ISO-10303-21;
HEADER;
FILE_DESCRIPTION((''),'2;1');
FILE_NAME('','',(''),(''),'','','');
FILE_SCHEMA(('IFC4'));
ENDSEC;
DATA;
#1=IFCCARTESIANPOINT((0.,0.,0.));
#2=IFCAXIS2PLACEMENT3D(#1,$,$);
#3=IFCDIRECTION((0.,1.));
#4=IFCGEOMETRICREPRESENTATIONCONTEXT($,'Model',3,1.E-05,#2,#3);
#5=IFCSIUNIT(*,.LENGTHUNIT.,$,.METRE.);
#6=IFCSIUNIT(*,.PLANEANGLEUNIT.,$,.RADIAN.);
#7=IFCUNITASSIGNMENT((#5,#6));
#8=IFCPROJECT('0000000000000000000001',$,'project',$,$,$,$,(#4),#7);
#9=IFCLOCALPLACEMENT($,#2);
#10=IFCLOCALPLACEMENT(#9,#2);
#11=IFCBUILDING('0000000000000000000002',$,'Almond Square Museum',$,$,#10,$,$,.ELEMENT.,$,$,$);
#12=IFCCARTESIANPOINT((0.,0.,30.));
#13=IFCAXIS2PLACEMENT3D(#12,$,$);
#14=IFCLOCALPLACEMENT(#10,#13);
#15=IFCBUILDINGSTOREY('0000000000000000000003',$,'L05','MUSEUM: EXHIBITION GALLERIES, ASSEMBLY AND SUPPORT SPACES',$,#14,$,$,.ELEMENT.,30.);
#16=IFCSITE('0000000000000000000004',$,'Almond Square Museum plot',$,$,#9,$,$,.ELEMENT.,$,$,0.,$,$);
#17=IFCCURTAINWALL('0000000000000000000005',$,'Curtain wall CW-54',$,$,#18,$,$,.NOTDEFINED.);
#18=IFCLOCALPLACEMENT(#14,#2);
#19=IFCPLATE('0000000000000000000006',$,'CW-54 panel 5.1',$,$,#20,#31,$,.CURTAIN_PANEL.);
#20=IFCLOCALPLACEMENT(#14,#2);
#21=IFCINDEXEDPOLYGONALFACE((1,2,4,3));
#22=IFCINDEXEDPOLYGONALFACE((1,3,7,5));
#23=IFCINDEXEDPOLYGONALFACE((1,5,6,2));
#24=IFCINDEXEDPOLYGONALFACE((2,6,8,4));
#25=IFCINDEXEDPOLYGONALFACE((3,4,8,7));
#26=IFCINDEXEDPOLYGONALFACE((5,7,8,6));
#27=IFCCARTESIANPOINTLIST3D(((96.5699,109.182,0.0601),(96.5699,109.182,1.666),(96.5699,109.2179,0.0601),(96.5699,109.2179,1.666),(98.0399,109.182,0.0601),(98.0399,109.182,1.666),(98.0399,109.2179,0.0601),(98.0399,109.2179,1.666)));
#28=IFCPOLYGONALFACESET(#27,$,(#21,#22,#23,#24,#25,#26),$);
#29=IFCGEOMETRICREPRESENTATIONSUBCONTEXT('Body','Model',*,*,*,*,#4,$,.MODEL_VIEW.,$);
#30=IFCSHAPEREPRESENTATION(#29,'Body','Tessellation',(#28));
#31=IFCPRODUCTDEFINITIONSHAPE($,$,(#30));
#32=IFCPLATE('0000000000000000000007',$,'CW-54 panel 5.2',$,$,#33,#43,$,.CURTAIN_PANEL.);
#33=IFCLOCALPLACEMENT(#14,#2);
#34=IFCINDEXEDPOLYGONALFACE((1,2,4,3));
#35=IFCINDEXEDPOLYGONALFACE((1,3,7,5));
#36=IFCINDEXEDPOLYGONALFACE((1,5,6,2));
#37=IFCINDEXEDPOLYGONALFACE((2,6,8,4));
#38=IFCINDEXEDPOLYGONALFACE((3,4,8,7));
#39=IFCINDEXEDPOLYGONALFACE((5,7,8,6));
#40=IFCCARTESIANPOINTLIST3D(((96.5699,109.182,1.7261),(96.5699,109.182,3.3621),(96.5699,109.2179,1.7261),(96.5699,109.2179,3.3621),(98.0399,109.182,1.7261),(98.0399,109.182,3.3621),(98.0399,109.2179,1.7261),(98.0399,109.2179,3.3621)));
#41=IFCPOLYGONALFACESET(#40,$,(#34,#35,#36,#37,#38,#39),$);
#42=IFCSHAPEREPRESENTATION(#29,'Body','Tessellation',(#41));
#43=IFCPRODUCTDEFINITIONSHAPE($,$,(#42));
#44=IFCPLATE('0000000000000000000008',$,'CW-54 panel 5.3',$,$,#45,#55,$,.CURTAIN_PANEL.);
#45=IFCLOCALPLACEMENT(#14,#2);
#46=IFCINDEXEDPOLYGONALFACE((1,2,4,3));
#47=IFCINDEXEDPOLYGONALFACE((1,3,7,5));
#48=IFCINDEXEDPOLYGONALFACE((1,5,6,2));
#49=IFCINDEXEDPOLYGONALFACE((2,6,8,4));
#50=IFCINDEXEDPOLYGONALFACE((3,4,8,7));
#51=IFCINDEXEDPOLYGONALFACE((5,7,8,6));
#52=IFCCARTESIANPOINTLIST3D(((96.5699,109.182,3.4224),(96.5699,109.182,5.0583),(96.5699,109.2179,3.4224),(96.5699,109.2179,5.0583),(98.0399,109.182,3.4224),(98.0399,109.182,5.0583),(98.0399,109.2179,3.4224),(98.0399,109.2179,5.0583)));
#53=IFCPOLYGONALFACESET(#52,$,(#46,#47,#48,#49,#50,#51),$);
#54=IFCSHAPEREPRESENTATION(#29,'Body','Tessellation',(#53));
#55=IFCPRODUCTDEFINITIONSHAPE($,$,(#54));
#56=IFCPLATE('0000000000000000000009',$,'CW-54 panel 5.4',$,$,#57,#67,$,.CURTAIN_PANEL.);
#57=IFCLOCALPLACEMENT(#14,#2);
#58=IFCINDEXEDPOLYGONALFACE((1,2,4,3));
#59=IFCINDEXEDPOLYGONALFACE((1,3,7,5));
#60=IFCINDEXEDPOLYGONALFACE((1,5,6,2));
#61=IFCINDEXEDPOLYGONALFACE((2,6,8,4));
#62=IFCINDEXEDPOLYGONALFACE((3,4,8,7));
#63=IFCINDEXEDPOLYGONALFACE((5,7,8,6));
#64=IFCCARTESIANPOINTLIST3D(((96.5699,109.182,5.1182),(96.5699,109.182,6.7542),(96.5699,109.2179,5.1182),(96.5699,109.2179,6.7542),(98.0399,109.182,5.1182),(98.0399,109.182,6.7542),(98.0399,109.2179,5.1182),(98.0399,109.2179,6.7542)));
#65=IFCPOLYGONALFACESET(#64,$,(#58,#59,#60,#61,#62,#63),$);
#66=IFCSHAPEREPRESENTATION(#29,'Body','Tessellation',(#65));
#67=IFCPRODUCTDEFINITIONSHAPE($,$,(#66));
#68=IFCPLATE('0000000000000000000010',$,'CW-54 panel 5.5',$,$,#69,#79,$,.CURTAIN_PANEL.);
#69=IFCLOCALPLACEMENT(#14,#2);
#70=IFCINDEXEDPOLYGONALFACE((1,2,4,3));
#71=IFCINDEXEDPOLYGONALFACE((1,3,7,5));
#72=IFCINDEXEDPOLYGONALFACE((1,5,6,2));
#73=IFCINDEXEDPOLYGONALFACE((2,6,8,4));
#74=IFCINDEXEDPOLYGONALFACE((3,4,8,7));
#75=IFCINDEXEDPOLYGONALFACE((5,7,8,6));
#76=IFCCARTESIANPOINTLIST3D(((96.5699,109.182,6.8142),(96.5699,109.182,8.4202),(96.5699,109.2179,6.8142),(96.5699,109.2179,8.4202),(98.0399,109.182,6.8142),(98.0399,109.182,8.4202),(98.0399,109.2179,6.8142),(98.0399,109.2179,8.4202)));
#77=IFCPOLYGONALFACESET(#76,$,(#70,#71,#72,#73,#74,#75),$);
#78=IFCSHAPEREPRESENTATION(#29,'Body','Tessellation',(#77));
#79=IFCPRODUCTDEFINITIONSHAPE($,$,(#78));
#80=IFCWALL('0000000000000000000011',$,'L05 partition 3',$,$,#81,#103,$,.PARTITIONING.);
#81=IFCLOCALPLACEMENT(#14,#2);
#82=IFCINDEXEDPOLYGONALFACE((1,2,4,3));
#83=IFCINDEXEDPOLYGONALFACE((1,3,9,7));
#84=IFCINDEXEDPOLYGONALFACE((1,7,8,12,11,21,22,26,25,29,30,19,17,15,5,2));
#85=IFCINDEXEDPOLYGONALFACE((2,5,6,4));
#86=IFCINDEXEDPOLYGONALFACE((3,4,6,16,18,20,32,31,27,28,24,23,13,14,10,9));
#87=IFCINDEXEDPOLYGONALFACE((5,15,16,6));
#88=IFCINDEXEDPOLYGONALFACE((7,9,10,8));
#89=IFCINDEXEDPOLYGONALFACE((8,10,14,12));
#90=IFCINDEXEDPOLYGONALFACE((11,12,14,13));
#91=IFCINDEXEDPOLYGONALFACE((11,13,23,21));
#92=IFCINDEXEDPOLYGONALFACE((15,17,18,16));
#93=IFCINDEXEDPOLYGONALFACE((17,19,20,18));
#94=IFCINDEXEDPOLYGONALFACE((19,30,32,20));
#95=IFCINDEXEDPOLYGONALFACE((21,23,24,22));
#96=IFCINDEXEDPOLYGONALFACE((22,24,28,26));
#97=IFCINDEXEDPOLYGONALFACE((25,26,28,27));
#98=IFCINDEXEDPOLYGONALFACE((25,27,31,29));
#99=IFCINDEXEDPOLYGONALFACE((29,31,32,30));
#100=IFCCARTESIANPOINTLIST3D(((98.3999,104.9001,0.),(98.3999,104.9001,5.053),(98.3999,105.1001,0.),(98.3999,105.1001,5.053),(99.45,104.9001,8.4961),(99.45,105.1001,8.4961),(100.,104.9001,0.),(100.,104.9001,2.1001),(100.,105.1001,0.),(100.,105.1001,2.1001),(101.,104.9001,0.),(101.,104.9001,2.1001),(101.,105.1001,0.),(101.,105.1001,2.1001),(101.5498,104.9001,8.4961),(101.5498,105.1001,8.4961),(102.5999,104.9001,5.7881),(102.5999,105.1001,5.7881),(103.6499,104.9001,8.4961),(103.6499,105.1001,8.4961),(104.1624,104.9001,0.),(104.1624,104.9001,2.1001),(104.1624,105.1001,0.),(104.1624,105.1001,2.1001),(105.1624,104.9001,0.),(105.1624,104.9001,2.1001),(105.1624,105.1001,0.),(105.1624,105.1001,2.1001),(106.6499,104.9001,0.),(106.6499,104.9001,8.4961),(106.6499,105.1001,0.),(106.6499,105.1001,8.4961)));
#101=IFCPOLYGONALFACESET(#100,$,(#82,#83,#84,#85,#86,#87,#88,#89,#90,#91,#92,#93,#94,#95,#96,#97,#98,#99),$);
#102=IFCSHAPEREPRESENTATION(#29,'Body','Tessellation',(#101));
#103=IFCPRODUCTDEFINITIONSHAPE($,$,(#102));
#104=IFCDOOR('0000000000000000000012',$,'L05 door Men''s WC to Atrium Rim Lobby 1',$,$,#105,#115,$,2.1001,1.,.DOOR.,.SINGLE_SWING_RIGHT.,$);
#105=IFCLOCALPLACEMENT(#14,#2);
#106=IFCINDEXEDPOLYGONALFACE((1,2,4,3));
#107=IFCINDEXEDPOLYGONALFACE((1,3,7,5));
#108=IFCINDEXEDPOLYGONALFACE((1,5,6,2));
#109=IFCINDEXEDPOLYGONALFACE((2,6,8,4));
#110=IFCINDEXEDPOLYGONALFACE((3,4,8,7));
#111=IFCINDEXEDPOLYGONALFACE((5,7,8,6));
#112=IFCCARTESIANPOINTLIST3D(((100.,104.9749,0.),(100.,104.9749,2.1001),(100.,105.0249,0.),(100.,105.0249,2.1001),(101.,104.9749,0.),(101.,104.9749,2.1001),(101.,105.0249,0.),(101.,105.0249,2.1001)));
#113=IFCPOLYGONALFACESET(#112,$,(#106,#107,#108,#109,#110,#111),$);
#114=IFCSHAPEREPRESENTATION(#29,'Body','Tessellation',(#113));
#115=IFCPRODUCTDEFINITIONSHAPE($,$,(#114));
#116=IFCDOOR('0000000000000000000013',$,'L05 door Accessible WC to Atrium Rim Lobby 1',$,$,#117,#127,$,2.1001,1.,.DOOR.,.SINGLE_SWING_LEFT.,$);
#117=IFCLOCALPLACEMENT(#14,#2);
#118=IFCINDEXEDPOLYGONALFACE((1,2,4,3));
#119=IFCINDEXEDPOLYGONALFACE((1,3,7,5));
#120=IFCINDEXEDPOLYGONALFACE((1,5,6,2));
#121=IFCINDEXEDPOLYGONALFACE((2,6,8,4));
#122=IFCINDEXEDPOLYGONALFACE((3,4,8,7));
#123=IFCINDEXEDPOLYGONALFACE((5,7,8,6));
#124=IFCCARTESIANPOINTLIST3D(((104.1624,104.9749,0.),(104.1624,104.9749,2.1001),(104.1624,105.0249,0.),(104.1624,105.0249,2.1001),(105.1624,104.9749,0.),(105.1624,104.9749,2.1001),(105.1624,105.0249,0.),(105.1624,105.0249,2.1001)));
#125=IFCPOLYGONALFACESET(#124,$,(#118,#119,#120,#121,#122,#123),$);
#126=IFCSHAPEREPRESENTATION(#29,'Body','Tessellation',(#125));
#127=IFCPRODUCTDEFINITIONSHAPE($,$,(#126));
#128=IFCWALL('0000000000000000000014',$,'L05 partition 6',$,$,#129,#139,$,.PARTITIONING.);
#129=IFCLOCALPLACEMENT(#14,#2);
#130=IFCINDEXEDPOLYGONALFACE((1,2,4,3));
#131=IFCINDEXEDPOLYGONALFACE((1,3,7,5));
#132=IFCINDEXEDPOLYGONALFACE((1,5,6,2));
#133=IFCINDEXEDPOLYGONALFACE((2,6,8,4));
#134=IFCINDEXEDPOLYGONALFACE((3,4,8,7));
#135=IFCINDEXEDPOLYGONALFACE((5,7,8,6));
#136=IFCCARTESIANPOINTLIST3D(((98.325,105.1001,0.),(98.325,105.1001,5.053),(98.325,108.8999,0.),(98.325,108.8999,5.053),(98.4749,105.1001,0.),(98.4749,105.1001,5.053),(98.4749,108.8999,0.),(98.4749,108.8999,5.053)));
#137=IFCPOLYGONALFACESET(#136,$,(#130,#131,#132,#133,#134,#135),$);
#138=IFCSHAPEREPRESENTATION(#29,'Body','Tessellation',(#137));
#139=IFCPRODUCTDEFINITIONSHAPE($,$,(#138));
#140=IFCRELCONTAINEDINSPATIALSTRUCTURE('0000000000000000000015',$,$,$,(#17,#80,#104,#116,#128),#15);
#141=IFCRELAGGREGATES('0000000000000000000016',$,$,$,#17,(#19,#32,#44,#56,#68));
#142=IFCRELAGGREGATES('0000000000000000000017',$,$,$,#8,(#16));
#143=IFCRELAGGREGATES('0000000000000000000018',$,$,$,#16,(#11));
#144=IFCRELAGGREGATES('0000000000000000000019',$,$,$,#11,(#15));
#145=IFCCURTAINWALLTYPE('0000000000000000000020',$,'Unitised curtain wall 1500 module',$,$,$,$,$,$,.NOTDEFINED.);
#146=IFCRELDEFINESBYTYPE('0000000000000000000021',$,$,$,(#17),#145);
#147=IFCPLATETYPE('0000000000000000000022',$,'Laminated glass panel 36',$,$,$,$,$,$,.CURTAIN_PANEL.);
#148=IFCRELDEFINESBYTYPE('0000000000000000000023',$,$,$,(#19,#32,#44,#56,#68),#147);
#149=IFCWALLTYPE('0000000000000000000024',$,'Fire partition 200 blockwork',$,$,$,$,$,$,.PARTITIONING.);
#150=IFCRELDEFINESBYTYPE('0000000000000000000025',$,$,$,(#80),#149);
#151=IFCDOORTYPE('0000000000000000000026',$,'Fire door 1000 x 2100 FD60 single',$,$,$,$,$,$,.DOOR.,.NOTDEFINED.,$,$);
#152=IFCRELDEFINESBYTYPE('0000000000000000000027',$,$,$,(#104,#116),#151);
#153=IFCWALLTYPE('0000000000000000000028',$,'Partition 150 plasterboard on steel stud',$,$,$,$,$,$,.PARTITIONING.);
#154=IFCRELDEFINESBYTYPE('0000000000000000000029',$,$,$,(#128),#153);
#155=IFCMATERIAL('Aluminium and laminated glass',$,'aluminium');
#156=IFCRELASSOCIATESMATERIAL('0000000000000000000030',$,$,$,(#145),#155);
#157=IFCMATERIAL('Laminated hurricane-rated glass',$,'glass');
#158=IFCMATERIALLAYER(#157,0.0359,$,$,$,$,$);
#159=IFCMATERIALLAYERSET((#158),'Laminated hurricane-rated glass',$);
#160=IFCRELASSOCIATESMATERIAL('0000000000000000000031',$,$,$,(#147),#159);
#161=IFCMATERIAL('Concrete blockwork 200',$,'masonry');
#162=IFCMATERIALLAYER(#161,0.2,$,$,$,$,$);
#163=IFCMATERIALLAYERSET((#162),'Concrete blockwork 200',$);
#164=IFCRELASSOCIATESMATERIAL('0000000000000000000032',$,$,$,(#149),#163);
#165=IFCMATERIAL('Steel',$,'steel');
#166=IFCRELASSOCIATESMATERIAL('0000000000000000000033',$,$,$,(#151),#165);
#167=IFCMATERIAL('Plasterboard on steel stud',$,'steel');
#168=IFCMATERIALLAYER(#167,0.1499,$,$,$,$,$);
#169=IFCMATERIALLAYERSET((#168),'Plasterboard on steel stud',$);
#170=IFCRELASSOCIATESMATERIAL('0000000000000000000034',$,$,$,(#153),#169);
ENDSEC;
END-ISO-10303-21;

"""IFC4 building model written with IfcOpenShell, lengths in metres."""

from ifc_helpers import new_model, si_unit, direction, frame, frame_2d, origin, origin_2d, place, context, subcontext, project, spatial, polyline, rectangle, outline, extrude, material, layer, layer_set, type_object, element, fill, aggregate, save


model = new_model("IFC4")

# Units and contexts
model_context = context("Model", 3, precision=1e-05, world=origin(), true_north=direction((0.0, 1.0)))
body_context = subcontext(model_context, "Body", "Model", "MODEL_VIEW")
ifc_project = project(units=[si_unit("LENGTHUNIT", "METRE"), si_unit("PLANEANGLEUNIT", "RADIAN")], contexts=[model_context])

# Site, building, storey
site_placement = place(None, origin())
site = spatial("IfcSite", under=ifc_project, at=site_placement, Name="Almond Square Museum plot", CompositionType="ELEMENT", RefElevation=0.0)
building_placement = place(site_placement, origin())
building = spatial("IfcBuilding", under=site, at=building_placement, Name="Almond Square Museum", CompositionType="ELEMENT")
storey_placement = place(building_placement, frame((0.0, 0.0, 30.0)))
storey = spatial("IfcBuildingStorey", under=building, at=storey_placement, Name="L05", Description="MUSEUM: EXHIBITION GALLERIES, ASSEMBLY AND SUPPORT SPACES", CompositionType="ELEMENT", Elevation=30.0)

# Curtain wall
ifc_material_1 = material(Name="Aluminium and laminated glass", Category="aluminium")
curtain_wall_type = type_object("IfcCurtainWallType", Name="Unitised curtain wall 1500 module", PredefinedType="NOTDEFINED", material=ifc_material_1)
curtain_wall_1_placement = place(storey_placement, origin())
curtain_wall_1 = element("IfcCurtainWall", 1, at=curtain_wall_1_placement, inside=storey, type_object=curtain_wall_type, Name="Curtain wall CW-54", PredefinedType="NOTDEFINED")

# Plates
ifc_material_2 = material(Name="Laminated hurricane-rated glass", Category="glass")
ifc_layer_1 = layer(ifc_material_2, 0.0359)
ifc_layer_set_1 = layer_set([ifc_layer_1], Name="Laminated hurricane-rated glass")
plate_type = type_object("IfcPlateType", Name="Laminated glass panel 36", PredefinedType="CURTAIN_PANEL", material=ifc_layer_set_1)
plate_1_placement = place(storey_placement, frame((97.3049, 109.2, 0.0601), z_axis=(0.0, 0.0, 1.0), x_axis=(1.0, 0.0, 0.0)))
plate_1 = element("IfcPlate", 2, at=plate_1_placement, type_object=plate_type, Name="CW-54 panel 5.1", PredefinedType="CURTAIN_PANEL", context=body_context, shape_type="SweptSolid", body=[
    extrude(rectangle(XDim=1.47, YDim=0.0359, at=origin_2d()), origin(), (0.0, 0.0, 1.0), 1.606),
])
plate_2_placement = place(storey_placement, frame((97.3049, 109.2, 1.7261), z_axis=(0.0, 0.0, 1.0), x_axis=(1.0, 0.0, 0.0)))
plate_2 = element("IfcPlate", 3, at=plate_2_placement, type_object=plate_type, Name="CW-54 panel 5.2", PredefinedType="CURTAIN_PANEL", context=body_context, shape_type="SweptSolid", body=[
    extrude(rectangle(XDim=1.47, YDim=0.0359, at=origin_2d()), origin(), (0.0, 0.0, 1.0), 1.636),
])
plate_3_placement = place(storey_placement, frame((97.3049, 109.2, 3.4224), z_axis=(0.0, 0.0, 1.0), x_axis=(1.0, 0.0, 0.0)))
plate_3 = element("IfcPlate", 4, at=plate_3_placement, type_object=plate_type, Name="CW-54 panel 5.3", PredefinedType="CURTAIN_PANEL", context=body_context, shape_type="SweptSolid", body=[
    extrude(rectangle(XDim=1.47, YDim=0.0359, at=origin_2d()), origin(), (0.0, 0.0, 1.0), 1.636),
])
plate_4_placement = place(storey_placement, frame((97.3049, 109.2, 5.1182), z_axis=(0.0, 0.0, 1.0), x_axis=(1.0, 0.0, 0.0)))
plate_4 = element("IfcPlate", 5, at=plate_4_placement, type_object=plate_type, Name="CW-54 panel 5.4", PredefinedType="CURTAIN_PANEL", context=body_context, shape_type="SweptSolid", body=[
    extrude(rectangle(XDim=1.47, YDim=0.0359, at=origin_2d()), origin(), (0.0, 0.0, 1.0), 1.636),
])
plate_5_placement = place(storey_placement, frame((97.3049, 109.2, 6.8142), z_axis=(0.0, 0.0, 1.0), x_axis=(1.0, 0.0, 0.0)))
plate_5 = element("IfcPlate", 6, at=plate_5_placement, type_object=plate_type, Name="CW-54 panel 5.5", PredefinedType="CURTAIN_PANEL", context=body_context, shape_type="SweptSolid", body=[
    extrude(rectangle(XDim=1.47, YDim=0.0359, at=origin_2d()), origin(), (0.0, 0.0, 1.0), 1.606),
])
aggregate(curtain_wall_1, [plate_1, plate_2, plate_3, plate_4, plate_5])

# Wall, openings, doors
ifc_material_3 = material(Name="Concrete blockwork 200", Category="masonry")
ifc_layer_2 = layer(ifc_material_3, 0.2)
ifc_layer_set_2 = layer_set([ifc_layer_2], Name="Concrete blockwork 200")
wall_type_1 = type_object("IfcWallType", Name="Fire partition 200 blockwork", PredefinedType="PARTITIONING", material=ifc_layer_set_2)
wall_1_placement = place(storey_placement, frame((98.3999, 105.0, 0.0), z_axis=(0.0, 0.0, 1.0), x_axis=(1.0, 0.0, 0.0)))
wall_1 = element("IfcWall", 7, at=wall_1_placement, inside=storey, type_object=wall_type_1, Name="L05 partition 3", PredefinedType="PARTITIONING", context=body_context, shape_type="SweptSolid", body=[
    extrude(outline(polyline([(0.0, 0.0), (8.25, 0.0), (8.25, 8.4961), (5.25, 8.4961), (4.2, 5.7881), (3.1499, 8.4961), (1.05, 8.4961), (0.0, 5.053), (0.0, 0.0)])), frame((0.0, 0.1001, 0.0), z_axis=(0.0, -1.0, 0.0), x_axis=(1.0, 0.0, 0.0)), (0.0, 0.0, 1.0), 0.2),
])
opening_1_placement = place(wall_1_placement, frame((1.6001, 0.0, 0.0)))
opening_1 = element("IfcOpeningElement", 8, at=opening_1_placement, cuts=wall_1, PredefinedType="OPENING", context=body_context, shape_type="SweptSolid", body=[
    extrude(rectangle(XDim=1.0, YDim=2.1001, at=frame_2d((0.5, 1.05))), frame((0.0, 0.1099, 0.0), z_axis=(0.0, -1.0, 0.0), x_axis=(1.0, 0.0, 0.0)), (0.0, 0.0, 1.0), 0.22),
])
opening_2_placement = place(wall_1_placement, frame((5.7625, 0.0, 0.0)))
opening_2 = element("IfcOpeningElement", 9, at=opening_2_placement, cuts=wall_1, PredefinedType="OPENING", context=body_context, shape_type="SweptSolid", body=[
    extrude(rectangle(XDim=1.0, YDim=2.1001, at=frame_2d((0.5, 1.05))), frame((0.0, 0.1099, 0.0), z_axis=(0.0, -1.0, 0.0), x_axis=(1.0, 0.0, 0.0)), (0.0, 0.0, 1.0), 0.22),
])
ifc_material_4 = material(Name="Steel", Category="steel")
door_type = type_object("IfcDoorType", Name="Fire door 1000 x 2100 FD60 single", OperationType="NOTDEFINED", PredefinedType="DOOR", material=ifc_material_4)
door_1_placement = place(opening_1_placement, origin())
door_1 = element("IfcDoor", 10, at=door_1_placement, inside=storey, type_object=door_type, Name="L05 door Men's WC to Atrium Rim Lobby 1", OperationType="SINGLE_SWING_RIGHT", OverallHeight=2.1001, OverallWidth=1.0, PredefinedType="DOOR", context=body_context, shape_type="SweptSolid", body=[
    extrude(rectangle(XDim=1.0, YDim=2.1001, at=frame_2d((0.5, 1.05))), frame((0.0, 0.0249, 0.0), z_axis=(0.0, -1.0, 0.0), x_axis=(1.0, 0.0, 0.0)), (0.0, 0.0, 1.0), 0.05),
])
fill(opening_1, door_1)
door_2_placement = place(opening_2_placement, origin())
door_2 = element("IfcDoor", 11, at=door_2_placement, inside=storey, type_object=door_type, Name="L05 door Accessible WC to Atrium Rim Lobby 1", OperationType="SINGLE_SWING_LEFT", OverallHeight=2.1001, OverallWidth=1.0, PredefinedType="DOOR", context=body_context, shape_type="SweptSolid", body=[
    extrude(rectangle(XDim=1.0, YDim=2.1001, at=frame_2d((0.5, 1.05))), frame((0.0, 0.0249, 0.0), z_axis=(0.0, -1.0, 0.0), x_axis=(1.0, 0.0, 0.0)), (0.0, 0.0, 1.0), 0.05),
])
fill(opening_2, door_2)

# Wall
ifc_material_5 = material(Name="Plasterboard on steel stud", Category="steel")
ifc_layer_3 = layer(ifc_material_5, 0.1499)
ifc_layer_set_3 = layer_set([ifc_layer_3], Name="Plasterboard on steel stud")
wall_type_2 = type_object("IfcWallType", Name="Partition 150 plasterboard on steel stud", PredefinedType="PARTITIONING", material=ifc_layer_set_3)
wall_2_placement = place(storey_placement, frame((98.3999, 105.1001, 0.0), z_axis=(0.0, 0.0, 1.0), x_axis=(0.0, 1.0, 0.0)))
element("IfcWall", 12, at=wall_2_placement, inside=storey, type_object=wall_type_2, Name="L05 partition 6", PredefinedType="PARTITIONING", context=body_context, shape_type="SweptSolid", body=[
    extrude(rectangle(XDim=3.7998, YDim=0.1499, at=frame_2d((1.8999, 0.0))), origin(), (0.0, 0.0, 1.0), 5.053),
])

save(model, "model.ifc")
